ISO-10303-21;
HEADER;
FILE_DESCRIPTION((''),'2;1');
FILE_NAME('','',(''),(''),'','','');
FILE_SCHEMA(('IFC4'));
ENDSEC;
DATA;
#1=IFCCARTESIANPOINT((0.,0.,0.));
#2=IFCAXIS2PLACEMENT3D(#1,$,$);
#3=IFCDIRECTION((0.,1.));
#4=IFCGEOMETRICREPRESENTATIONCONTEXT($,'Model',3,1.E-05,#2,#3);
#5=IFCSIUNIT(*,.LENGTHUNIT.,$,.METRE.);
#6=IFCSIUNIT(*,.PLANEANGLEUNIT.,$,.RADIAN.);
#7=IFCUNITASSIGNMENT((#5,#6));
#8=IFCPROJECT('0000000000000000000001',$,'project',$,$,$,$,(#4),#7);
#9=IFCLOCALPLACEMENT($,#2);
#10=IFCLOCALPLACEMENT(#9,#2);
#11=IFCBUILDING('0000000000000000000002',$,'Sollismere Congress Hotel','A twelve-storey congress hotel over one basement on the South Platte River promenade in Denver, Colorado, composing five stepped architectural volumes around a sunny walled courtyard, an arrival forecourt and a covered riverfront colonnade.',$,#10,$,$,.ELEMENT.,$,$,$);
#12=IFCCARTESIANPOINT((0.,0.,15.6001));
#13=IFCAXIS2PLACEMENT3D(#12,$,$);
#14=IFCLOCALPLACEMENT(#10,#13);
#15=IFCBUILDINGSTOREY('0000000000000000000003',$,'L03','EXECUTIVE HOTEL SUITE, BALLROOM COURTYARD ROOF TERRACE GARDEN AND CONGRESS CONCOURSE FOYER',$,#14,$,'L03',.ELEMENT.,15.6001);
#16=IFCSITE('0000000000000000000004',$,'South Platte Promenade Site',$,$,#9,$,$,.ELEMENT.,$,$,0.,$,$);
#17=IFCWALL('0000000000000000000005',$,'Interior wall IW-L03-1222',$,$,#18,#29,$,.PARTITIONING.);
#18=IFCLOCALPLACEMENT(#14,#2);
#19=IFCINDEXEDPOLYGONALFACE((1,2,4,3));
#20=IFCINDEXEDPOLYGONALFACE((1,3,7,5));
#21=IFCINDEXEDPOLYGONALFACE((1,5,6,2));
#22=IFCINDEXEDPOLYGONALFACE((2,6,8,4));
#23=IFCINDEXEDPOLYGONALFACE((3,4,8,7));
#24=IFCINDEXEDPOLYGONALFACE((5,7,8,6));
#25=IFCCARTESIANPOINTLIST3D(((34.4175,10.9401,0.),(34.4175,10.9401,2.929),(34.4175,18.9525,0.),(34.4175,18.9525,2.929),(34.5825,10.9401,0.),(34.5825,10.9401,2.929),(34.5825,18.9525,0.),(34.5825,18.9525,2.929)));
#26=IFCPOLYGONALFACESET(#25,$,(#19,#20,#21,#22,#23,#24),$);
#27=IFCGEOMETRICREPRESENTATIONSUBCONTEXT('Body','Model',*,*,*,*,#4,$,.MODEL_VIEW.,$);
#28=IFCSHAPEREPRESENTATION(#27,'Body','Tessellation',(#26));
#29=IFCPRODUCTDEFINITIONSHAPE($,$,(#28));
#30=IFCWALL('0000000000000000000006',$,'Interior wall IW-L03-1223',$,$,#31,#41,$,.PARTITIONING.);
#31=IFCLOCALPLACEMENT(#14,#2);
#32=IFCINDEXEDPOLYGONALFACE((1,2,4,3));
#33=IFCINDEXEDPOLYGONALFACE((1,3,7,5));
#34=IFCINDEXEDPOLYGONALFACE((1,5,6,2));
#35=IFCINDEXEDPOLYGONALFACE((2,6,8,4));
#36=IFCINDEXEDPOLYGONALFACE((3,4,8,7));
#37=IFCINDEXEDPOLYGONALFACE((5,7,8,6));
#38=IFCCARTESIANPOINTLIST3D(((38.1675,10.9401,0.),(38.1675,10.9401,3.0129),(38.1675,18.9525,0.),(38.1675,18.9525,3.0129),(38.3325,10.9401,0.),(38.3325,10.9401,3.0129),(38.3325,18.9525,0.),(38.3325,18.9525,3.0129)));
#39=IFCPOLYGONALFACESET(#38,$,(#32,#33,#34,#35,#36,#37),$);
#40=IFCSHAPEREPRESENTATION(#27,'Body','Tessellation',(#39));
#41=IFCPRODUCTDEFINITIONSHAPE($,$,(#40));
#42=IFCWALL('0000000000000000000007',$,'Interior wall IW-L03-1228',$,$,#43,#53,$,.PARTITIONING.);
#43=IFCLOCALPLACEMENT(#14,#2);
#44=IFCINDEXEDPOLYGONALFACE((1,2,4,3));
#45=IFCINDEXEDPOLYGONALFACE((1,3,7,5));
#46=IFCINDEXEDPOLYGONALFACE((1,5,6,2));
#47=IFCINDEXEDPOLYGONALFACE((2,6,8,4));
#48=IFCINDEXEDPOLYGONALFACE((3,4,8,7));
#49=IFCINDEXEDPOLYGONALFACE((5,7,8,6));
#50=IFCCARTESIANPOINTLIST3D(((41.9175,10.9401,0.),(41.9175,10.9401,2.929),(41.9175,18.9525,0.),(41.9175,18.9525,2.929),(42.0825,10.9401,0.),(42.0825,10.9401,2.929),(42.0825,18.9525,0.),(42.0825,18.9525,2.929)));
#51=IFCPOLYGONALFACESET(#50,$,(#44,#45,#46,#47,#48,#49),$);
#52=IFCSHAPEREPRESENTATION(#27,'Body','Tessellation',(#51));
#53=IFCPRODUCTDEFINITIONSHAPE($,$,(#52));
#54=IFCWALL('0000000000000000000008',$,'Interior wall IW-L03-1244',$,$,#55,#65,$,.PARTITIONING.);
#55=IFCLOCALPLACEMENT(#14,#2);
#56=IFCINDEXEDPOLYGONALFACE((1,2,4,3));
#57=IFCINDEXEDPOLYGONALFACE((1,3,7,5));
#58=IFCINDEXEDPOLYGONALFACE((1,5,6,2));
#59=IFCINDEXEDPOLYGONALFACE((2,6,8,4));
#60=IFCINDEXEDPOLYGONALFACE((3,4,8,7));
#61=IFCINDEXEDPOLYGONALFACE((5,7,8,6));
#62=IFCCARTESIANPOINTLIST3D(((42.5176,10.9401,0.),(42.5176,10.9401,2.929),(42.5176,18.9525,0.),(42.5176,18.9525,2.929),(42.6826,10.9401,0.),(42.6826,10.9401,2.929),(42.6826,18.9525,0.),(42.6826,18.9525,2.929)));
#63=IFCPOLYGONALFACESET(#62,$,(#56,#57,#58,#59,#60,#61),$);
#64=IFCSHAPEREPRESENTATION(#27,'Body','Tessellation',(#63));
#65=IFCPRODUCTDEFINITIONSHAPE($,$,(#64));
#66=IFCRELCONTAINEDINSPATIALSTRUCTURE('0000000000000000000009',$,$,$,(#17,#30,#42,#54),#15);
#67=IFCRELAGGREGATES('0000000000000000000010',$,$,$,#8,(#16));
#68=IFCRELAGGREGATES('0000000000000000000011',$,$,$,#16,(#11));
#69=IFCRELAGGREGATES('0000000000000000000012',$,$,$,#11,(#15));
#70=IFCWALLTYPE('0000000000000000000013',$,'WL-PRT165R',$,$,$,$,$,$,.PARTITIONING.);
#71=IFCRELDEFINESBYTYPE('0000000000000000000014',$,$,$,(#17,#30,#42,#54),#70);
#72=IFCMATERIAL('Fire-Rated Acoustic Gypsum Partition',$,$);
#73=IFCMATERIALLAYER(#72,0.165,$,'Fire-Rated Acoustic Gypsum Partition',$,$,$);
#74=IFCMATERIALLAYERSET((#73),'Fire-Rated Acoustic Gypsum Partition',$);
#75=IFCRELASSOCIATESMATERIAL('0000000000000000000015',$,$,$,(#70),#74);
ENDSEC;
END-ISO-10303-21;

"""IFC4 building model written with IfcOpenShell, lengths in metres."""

from ifc_helpers import new_model, si_unit, direction, frame, frame_2d, origin, place, context, subcontext, project, spatial, rectangle, extrude, material, layer, layer_set, type_object, element, save


model = new_model("IFC4")

# Units and contexts
model_context = context("Model", 3, precision=1e-05, world=origin(), true_north=direction((0.0, 1.0)))
body_context = subcontext(model_context, "Body", "Model", "MODEL_VIEW")
ifc_project = project(units=[si_unit("LENGTHUNIT", "METRE"), si_unit("PLANEANGLEUNIT", "RADIAN")], contexts=[model_context])

# Site, building, storey
site_placement = place(None, origin())
site = spatial("IfcSite", under=ifc_project, at=site_placement, Name="South Platte Promenade Site", CompositionType="ELEMENT", RefElevation=0.0)
building_placement = place(site_placement, origin())
building = spatial("IfcBuilding", under=site, at=building_placement, Name="Sollismere Congress Hotel", Description="A twelve-storey congress hotel over one basement on the South Platte River promenade in Denver, Colorado, composing five stepped architectural volumes around a sunny walled courtyard, an arrival forecourt and a covered riverfront colonnade.", CompositionType="ELEMENT")
storey_placement = place(building_placement, frame((0.0, 0.0, 15.6001)))
storey = spatial("IfcBuildingStorey", under=building, at=storey_placement, Name="L03", Description="EXECUTIVE HOTEL SUITE, BALLROOM COURTYARD ROOF TERRACE GARDEN AND CONGRESS CONCOURSE FOYER", LongName="L03", CompositionType="ELEMENT", Elevation=15.6001)

# Walls
ifc_material_1 = material(Name="Fire-Rated Acoustic Gypsum Partition")
ifc_layer_1 = layer(ifc_material_1, 0.165, Name="Fire-Rated Acoustic Gypsum Partition")
ifc_layer_set_1 = layer_set([ifc_layer_1], Name="Fire-Rated Acoustic Gypsum Partition")
wall_type_1 = type_object("IfcWallType", Name="WL-PRT165R", PredefinedType="PARTITIONING", material=ifc_layer_set_1)
wall_1_placement = place(storey_placement, frame((34.5, 10.9399, 0.0), z_axis=(0.0, 0.0, 1.0), x_axis=(0.0, 1.0, 0.0)))
element("IfcWall", 1, at=wall_1_placement, inside=storey, type_object=wall_type_1, Name="Interior wall IW-L03-1222", PredefinedType="PARTITIONING", context=body_context, shape_type="SweptSolid", body=[
    extrude(rectangle(XDim=8.0125, YDim=0.165, at=frame_2d((4.0063, 0.0))), origin(), (0.0, 0.0, 1.0), 2.929),
])
wall_2_placement = place(storey_placement, frame((38.25, 10.9399, 0.0), z_axis=(0.0, 0.0, 1.0), x_axis=(0.0, 1.0, 0.0)))
element("IfcWall", 2, at=wall_2_placement, inside=storey, type_object=wall_type_1, Name="Interior wall IW-L03-1223", PredefinedType="PARTITIONING", context=body_context, shape_type="SweptSolid", body=[
    extrude(rectangle(XDim=8.0125, YDim=0.165, at=frame_2d((4.0063, 0.0))), origin(), (0.0, 0.0, 1.0), 3.0129),
])
for number, where, z_axis, x_axis, name in (
    (3, (42.0, 10.9399, 0.0), (0.0, 0.0, 1.0), (0.0, 1.0, 0.0), "Interior wall IW-L03-1228"),
    (4, (42.6001, 10.9399, 0.0), (0.0, 0.0, 1.0), (0.0, 1.0, 0.0), "Interior wall IW-L03-1244"),
):
    element("IfcWall", number, at=place(storey_placement, frame(where, z_axis=z_axis, x_axis=x_axis)), inside=storey, type_object=wall_type_1, Name=name, PredefinedType="PARTITIONING", context=body_context, shape_type="SweptSolid", body=[
        extrude(rectangle(XDim=8.0125, YDim=0.165, at=frame_2d((4.0063, 0.0))), origin(), (0.0, 0.0, 1.0), 2.929),
    ])

save(model, "model.ifc")
